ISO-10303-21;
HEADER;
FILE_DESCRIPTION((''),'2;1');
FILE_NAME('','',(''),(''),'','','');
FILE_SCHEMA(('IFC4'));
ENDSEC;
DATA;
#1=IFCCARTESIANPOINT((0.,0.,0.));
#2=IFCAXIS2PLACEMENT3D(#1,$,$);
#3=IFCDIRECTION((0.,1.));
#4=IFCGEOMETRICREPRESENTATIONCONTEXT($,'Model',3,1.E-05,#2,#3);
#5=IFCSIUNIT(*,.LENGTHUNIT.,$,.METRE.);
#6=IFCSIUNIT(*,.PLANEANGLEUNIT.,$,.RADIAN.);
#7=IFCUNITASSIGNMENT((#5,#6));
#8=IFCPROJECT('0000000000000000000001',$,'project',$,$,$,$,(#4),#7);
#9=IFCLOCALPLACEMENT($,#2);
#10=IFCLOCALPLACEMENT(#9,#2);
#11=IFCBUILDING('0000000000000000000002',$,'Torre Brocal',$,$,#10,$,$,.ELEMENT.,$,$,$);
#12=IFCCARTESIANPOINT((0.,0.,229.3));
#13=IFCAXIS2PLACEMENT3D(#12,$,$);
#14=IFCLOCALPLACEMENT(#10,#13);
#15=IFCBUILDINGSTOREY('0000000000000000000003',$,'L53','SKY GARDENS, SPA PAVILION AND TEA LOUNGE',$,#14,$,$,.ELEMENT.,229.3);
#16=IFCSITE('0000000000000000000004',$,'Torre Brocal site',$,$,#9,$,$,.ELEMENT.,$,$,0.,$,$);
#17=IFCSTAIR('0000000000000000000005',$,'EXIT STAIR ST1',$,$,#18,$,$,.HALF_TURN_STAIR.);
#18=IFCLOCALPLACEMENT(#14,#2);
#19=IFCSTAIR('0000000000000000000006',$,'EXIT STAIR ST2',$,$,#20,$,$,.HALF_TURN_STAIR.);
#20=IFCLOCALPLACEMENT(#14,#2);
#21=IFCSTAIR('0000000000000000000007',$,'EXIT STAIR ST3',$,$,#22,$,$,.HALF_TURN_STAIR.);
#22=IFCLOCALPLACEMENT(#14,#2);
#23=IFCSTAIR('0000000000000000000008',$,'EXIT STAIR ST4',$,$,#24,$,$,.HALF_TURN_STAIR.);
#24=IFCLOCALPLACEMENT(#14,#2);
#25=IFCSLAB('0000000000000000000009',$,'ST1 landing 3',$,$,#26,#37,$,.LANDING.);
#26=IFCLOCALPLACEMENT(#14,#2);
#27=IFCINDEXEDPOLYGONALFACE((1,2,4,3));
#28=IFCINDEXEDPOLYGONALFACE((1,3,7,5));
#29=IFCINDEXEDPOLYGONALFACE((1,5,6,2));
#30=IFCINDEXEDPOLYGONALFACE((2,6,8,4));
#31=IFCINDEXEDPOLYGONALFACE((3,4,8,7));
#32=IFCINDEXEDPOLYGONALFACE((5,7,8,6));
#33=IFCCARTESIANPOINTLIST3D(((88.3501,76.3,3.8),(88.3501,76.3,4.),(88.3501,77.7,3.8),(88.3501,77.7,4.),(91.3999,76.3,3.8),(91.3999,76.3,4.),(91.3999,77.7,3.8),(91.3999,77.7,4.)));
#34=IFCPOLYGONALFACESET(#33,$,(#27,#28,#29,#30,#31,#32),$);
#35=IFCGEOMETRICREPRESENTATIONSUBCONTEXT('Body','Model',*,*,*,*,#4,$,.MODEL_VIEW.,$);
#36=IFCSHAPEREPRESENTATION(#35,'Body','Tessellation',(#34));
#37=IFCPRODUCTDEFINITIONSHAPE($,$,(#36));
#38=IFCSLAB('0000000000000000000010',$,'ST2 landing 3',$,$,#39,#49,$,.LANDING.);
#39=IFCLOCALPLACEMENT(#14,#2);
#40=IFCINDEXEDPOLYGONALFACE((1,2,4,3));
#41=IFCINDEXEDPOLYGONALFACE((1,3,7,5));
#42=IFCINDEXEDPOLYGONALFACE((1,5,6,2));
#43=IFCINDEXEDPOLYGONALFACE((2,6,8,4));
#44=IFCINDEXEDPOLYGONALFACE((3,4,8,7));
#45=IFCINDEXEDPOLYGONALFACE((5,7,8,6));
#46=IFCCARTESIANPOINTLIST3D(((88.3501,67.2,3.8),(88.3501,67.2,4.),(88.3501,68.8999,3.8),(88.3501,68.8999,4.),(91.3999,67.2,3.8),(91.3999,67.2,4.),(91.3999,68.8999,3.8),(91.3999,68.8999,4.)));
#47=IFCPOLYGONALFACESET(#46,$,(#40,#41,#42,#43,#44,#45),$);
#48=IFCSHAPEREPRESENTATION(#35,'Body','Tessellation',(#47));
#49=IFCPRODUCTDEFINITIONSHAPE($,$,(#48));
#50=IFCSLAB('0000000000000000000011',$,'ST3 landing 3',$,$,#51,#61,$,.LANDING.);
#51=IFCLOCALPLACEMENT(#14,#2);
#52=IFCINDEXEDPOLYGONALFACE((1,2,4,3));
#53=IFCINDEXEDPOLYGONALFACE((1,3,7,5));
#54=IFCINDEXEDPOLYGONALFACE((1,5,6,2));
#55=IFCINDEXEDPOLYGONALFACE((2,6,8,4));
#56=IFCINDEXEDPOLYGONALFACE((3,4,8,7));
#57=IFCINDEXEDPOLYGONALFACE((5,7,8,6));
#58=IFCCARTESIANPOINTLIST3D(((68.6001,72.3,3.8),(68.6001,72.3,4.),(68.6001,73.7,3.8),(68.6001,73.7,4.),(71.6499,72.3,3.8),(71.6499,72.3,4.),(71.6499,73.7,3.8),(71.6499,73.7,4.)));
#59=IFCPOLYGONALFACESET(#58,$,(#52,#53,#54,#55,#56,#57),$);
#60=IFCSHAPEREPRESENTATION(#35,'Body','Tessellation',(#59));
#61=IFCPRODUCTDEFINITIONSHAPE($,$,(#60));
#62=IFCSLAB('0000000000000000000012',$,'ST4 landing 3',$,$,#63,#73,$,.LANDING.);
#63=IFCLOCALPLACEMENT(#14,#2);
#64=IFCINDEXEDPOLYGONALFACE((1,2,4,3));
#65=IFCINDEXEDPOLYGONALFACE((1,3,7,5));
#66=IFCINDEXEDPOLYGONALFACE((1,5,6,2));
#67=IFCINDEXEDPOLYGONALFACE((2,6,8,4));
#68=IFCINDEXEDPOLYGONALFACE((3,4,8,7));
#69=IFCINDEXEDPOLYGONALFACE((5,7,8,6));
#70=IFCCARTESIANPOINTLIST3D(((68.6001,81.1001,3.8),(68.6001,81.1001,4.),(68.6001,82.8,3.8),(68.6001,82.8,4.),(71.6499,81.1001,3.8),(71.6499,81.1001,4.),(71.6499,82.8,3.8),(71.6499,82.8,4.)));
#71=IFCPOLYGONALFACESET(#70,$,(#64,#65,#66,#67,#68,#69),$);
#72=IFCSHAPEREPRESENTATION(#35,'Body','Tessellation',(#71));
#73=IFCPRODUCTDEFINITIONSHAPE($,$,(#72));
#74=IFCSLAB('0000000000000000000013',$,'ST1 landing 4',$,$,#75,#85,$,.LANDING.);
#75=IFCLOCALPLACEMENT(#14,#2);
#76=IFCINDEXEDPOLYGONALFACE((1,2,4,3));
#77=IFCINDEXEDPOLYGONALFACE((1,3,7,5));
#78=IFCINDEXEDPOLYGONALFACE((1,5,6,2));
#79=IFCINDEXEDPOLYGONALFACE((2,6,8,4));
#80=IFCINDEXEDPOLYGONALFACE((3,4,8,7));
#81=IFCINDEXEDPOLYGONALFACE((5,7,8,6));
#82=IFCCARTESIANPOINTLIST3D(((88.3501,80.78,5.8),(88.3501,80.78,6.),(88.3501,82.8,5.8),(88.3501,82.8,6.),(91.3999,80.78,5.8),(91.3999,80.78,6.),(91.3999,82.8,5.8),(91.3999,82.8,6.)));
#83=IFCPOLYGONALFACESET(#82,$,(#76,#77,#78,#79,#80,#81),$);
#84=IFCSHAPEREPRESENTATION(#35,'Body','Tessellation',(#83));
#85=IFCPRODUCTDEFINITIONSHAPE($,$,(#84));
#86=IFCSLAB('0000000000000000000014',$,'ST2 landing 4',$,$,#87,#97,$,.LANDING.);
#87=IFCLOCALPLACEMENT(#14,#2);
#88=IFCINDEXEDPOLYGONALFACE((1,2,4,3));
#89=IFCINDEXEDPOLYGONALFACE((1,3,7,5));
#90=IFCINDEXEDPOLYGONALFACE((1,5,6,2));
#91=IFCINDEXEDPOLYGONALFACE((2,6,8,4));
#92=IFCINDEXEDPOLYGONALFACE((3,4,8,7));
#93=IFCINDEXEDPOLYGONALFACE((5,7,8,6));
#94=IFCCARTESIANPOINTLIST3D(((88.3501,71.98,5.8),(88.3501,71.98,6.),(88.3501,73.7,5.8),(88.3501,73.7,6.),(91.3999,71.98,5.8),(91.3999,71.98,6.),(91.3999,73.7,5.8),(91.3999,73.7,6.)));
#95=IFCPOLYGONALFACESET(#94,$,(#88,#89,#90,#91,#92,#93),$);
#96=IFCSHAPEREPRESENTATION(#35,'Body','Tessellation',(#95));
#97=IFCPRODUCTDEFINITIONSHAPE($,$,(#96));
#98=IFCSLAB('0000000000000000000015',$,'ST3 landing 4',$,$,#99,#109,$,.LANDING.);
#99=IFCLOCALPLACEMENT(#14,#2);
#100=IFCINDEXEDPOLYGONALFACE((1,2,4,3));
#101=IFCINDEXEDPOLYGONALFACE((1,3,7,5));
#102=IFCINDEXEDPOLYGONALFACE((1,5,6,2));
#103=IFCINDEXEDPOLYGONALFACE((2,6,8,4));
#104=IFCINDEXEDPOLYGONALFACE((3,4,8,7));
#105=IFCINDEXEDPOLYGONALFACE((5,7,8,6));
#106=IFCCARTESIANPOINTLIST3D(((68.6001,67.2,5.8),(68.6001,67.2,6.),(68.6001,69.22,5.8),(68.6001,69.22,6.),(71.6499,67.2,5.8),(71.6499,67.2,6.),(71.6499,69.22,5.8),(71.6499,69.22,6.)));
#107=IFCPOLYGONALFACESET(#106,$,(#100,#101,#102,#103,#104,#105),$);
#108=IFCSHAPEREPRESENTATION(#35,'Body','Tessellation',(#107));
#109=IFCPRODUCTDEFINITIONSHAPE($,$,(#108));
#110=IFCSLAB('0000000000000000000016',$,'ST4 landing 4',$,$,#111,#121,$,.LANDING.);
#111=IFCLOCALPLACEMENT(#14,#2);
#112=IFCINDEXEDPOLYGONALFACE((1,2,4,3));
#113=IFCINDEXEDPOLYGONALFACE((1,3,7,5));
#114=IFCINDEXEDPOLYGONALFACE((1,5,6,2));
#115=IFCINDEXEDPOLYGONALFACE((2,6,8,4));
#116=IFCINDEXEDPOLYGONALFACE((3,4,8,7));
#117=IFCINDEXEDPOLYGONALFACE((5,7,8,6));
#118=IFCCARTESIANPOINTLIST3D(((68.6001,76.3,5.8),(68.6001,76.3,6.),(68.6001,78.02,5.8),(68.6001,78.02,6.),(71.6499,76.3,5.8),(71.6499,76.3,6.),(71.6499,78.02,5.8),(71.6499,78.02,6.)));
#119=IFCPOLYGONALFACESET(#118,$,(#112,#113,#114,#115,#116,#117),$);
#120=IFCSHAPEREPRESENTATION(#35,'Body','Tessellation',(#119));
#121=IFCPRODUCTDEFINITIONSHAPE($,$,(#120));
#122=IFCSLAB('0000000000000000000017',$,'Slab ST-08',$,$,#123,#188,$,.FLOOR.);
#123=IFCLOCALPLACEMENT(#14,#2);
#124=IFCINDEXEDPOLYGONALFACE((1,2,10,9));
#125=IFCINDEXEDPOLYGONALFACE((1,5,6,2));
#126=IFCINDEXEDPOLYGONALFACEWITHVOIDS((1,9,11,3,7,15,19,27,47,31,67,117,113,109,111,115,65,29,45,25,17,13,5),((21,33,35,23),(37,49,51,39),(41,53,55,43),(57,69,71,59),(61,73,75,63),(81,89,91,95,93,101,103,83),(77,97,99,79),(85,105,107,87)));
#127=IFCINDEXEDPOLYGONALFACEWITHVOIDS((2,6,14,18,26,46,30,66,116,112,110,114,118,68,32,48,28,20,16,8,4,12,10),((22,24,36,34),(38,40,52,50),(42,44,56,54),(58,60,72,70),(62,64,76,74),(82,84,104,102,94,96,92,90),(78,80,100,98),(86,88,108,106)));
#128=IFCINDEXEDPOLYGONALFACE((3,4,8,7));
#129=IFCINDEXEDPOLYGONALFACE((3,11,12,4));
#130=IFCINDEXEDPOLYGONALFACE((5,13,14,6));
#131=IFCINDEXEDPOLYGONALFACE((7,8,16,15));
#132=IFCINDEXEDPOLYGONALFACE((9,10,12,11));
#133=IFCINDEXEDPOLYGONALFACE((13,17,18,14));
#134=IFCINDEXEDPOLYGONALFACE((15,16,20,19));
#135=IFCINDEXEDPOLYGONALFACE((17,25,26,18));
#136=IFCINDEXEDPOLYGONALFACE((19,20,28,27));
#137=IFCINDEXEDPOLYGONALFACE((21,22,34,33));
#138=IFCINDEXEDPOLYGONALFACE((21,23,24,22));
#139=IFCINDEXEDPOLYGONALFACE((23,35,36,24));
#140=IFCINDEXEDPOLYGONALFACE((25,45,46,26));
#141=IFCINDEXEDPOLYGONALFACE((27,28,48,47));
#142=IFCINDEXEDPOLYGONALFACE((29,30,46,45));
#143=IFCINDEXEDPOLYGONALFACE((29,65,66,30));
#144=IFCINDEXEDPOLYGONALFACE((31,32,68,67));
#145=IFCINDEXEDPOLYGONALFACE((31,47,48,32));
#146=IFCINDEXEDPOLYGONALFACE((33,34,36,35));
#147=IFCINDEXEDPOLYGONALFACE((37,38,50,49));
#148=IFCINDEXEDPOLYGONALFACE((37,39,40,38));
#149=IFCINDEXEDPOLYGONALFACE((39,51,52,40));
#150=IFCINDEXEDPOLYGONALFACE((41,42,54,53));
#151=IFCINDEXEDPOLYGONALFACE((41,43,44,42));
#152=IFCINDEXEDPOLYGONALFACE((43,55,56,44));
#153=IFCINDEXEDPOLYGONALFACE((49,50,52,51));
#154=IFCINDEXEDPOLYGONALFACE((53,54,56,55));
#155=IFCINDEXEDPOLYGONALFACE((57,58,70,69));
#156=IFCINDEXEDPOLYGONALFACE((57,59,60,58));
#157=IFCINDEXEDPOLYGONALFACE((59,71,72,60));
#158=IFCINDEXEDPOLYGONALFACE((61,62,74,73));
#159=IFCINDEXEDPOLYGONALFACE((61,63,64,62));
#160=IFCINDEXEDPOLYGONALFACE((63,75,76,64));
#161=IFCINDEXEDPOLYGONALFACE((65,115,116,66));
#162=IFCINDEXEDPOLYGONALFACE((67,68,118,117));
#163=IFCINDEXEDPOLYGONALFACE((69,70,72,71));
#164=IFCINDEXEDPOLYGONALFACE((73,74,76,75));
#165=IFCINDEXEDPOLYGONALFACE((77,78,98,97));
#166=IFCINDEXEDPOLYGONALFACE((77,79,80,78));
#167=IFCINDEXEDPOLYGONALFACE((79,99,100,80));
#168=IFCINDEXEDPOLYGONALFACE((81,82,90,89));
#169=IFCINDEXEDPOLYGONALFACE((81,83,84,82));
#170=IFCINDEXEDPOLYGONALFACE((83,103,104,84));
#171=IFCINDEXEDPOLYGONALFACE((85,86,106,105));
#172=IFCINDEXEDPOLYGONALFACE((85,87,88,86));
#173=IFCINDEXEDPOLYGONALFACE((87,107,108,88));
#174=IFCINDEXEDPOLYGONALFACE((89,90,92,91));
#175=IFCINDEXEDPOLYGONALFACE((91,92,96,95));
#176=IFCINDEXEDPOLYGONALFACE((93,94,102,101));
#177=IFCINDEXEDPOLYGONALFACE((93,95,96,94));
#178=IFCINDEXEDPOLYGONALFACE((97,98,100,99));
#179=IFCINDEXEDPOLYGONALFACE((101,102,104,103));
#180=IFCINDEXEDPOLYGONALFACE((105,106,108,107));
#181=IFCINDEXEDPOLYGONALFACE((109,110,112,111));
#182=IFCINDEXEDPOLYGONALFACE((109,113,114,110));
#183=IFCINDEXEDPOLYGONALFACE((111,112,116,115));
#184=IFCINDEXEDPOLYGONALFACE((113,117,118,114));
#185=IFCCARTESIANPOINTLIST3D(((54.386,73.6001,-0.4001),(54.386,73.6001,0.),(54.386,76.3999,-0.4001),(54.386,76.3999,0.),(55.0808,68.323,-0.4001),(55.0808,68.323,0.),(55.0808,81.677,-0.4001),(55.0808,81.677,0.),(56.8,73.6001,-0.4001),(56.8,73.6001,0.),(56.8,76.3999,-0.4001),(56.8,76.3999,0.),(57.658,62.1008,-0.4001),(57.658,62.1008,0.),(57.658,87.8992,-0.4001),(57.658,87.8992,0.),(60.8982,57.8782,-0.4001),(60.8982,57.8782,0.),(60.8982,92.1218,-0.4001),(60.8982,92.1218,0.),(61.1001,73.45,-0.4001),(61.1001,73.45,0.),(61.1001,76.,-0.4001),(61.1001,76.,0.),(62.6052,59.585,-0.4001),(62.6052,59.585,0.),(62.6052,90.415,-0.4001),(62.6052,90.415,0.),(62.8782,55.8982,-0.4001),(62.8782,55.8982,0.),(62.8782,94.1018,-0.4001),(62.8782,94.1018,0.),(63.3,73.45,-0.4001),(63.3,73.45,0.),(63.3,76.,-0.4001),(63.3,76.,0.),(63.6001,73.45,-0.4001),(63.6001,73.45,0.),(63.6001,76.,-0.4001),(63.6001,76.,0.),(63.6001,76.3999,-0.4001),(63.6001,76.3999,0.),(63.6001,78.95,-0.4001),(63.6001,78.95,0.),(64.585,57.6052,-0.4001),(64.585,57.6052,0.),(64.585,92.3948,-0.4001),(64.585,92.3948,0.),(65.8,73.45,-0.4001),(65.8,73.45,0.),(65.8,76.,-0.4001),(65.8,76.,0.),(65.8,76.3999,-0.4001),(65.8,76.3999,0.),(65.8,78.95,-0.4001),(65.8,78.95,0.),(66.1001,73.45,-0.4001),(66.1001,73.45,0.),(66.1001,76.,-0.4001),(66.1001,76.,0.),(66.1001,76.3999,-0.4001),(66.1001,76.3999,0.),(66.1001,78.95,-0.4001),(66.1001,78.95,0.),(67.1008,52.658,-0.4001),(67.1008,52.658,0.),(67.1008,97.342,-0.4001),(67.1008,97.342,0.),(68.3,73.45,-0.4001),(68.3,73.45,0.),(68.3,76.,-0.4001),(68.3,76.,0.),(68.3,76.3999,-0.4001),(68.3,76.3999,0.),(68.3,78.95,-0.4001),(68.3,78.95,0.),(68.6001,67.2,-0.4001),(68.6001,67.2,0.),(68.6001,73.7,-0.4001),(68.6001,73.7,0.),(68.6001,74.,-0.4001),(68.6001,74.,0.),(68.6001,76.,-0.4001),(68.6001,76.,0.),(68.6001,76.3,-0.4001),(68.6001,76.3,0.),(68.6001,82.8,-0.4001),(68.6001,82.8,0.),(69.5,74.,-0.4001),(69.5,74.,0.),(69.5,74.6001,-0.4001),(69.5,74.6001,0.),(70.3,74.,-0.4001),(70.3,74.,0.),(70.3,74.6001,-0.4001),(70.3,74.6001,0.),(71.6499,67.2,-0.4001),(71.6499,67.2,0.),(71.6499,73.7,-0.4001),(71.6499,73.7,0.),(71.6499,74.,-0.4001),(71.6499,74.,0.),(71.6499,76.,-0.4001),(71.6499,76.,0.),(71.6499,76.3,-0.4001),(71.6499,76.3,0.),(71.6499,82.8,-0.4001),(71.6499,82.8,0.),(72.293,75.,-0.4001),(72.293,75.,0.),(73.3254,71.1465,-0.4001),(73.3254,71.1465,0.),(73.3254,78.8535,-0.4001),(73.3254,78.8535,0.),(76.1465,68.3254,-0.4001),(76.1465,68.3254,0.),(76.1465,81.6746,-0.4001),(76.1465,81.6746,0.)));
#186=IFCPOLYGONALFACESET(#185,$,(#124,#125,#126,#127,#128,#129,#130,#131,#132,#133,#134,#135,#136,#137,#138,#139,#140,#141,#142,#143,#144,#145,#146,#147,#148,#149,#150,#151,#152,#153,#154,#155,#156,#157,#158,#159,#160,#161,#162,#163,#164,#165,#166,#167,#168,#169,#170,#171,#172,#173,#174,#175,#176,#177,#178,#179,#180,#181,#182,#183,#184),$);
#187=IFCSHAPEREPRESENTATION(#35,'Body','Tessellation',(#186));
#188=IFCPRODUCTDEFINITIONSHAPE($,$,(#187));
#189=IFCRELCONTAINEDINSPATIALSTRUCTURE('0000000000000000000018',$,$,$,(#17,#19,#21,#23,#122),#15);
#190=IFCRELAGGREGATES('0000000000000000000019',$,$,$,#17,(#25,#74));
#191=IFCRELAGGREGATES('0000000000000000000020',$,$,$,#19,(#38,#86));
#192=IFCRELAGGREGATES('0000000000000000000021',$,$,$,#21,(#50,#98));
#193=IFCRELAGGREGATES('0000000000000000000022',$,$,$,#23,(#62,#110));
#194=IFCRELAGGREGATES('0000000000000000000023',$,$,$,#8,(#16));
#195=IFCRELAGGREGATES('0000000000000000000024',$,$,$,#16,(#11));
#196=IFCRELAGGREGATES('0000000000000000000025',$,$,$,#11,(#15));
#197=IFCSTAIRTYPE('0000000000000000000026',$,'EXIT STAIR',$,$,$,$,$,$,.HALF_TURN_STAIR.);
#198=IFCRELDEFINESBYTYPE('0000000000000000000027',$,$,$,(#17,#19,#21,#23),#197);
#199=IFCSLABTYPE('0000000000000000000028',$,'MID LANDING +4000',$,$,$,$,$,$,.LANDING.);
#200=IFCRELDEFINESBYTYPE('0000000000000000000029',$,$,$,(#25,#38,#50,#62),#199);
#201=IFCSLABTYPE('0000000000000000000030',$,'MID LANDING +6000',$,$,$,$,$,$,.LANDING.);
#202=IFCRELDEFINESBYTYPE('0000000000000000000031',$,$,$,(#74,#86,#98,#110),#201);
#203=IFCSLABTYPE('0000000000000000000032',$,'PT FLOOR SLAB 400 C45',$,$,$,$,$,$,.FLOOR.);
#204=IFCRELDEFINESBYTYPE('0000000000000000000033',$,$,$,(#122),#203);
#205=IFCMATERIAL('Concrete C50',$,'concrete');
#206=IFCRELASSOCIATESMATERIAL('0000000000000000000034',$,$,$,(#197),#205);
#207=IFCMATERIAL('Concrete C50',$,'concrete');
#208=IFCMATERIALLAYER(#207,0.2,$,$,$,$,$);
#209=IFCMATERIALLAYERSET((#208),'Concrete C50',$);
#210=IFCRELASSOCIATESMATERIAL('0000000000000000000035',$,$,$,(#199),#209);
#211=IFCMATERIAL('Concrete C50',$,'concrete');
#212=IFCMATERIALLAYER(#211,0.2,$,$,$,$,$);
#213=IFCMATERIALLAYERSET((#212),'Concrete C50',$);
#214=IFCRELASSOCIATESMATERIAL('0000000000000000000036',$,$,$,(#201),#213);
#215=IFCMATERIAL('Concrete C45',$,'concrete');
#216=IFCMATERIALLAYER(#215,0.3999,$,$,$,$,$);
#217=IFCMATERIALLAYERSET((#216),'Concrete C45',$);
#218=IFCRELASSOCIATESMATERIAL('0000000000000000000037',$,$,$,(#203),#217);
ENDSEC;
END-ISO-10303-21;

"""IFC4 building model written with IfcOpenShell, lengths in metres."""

from ifc_helpers import new_model, si_unit, direction, frame, origin, place, context, subcontext, project, spatial, polyline, outline, extrude, material, layer, layer_set, type_object, element, aggregate, save


model = new_model("IFC4")

# Units and contexts
model_context = context("Model", 3, precision=1e-05, world=origin(), true_north=direction((0.0, 1.0)))
body_context = subcontext(model_context, "Body", "Model", "MODEL_VIEW")
ifc_project = project(units=[si_unit("LENGTHUNIT", "METRE"), si_unit("PLANEANGLEUNIT", "RADIAN")], contexts=[model_context])

# Site, building, storey
site_placement = place(None, origin())
site = spatial("IfcSite", under=ifc_project, at=site_placement, Name="Torre Brocal site", CompositionType="ELEMENT", RefElevation=0.0)
building_placement = place(site_placement, origin())
building = spatial("IfcBuilding", under=site, at=building_placement, Name="Torre Brocal", CompositionType="ELEMENT")
storey_placement = place(building_placement, frame((0.0, 0.0, 229.3)))
storey = spatial("IfcBuildingStorey", under=building, at=storey_placement, Name="L53", Description="SKY GARDENS, SPA PAVILION AND TEA LOUNGE", CompositionType="ELEMENT", Elevation=229.3)

# Stairs
ifc_material_1 = material(Name="Concrete C50", Category="concrete")
stair_type = type_object("IfcStairType", Name="EXIT STAIR", PredefinedType="HALF_TURN_STAIR", material=ifc_material_1)
stair_1_placement = place(storey_placement, origin())
stair_1 = element("IfcStair", 1, at=stair_1_placement, inside=storey, type_object=stair_type, Name="EXIT STAIR ST1", PredefinedType="HALF_TURN_STAIR")
stair_2_placement = place(storey_placement, origin())
stair_2 = element("IfcStair", 2, at=stair_2_placement, inside=storey, type_object=stair_type, Name="EXIT STAIR ST2", PredefinedType="HALF_TURN_STAIR")
stair_3_placement = place(storey_placement, origin())
stair_3 = element("IfcStair", 3, at=stair_3_placement, inside=storey, type_object=stair_type, Name="EXIT STAIR ST3", PredefinedType="HALF_TURN_STAIR")
stair_4_placement = place(storey_placement, origin())
stair_4 = element("IfcStair", 4, at=stair_4_placement, inside=storey, type_object=stair_type, Name="EXIT STAIR ST4", PredefinedType="HALF_TURN_STAIR")

# Slabs
ifc_material_2 = material(Name="Concrete C50", Category="concrete")
ifc_layer_1 = layer(ifc_material_2, 0.2)
ifc_layer_set_1 = layer_set([ifc_layer_1], Name="Concrete C50")
slab_type_1 = type_object("IfcSlabType", Name="MID LANDING +4000", PredefinedType="LANDING", material=ifc_layer_set_1)
slab_1_placement = place(storey_placement, frame((0.0, 0.0, 3.8)))
slab_1 = element("IfcSlab", 5, at=slab_1_placement, type_object=slab_type_1, Name="ST1 landing 3", PredefinedType="LANDING", context=body_context, shape_type="SweptSolid", body=[
    extrude(outline(polyline([(88.3501, 76.3), (91.3999, 76.3), (91.3999, 77.7), (88.3501, 77.7), (88.3501, 76.3)])), origin(), (0.0, 0.0, 1.0), 0.2),
])
slab_2_placement = place(storey_placement, frame((0.0, 0.0, 3.8)))
slab_2 = element("IfcSlab", 6, at=slab_2_placement, type_object=slab_type_1, Name="ST2 landing 3", PredefinedType="LANDING", context=body_context, shape_type="SweptSolid", body=[
    extrude(outline(polyline([(88.3501, 67.2), (91.3999, 67.2), (91.3999, 68.8999), (88.3501, 68.8999), (88.3501, 67.2)])), origin(), (0.0, 0.0, 1.0), 0.2),
])
slab_3_placement = place(storey_placement, frame((0.0, 0.0, 3.8)))
slab_3 = element("IfcSlab", 7, at=slab_3_placement, type_object=slab_type_1, Name="ST3 landing 3", PredefinedType="LANDING", context=body_context, shape_type="SweptSolid", body=[
    extrude(outline(polyline([(71.6499, 73.7), (68.6001, 73.7), (68.6001, 72.3), (71.6499, 72.3), (71.6499, 73.7)])), origin(), (0.0, 0.0, 1.0), 0.2),
])
slab_4_placement = place(storey_placement, frame((0.0, 0.0, 3.8)))
slab_4 = element("IfcSlab", 8, at=slab_4_placement, type_object=slab_type_1, Name="ST4 landing 3", PredefinedType="LANDING", context=body_context, shape_type="SweptSolid", body=[
    extrude(outline(polyline([(71.6499, 82.8), (68.6001, 82.8), (68.6001, 81.1001), (71.6499, 81.1001), (71.6499, 82.8)])), origin(), (0.0, 0.0, 1.0), 0.2),
])
ifc_material_3 = material(Name="Concrete C50", Category="concrete")
ifc_layer_2 = layer(ifc_material_3, 0.2)
ifc_layer_set_2 = layer_set([ifc_layer_2], Name="Concrete C50")
slab_type_2 = type_object("IfcSlabType", Name="MID LANDING +6000", PredefinedType="LANDING", material=ifc_layer_set_2)
slab_5_placement = place(storey_placement, frame((0.0, 0.0, 5.8)))
slab_5 = element("IfcSlab", 9, at=slab_5_placement, type_object=slab_type_2, Name="ST1 landing 4", PredefinedType="LANDING", context=body_context, shape_type="SweptSolid", body=[
    extrude(outline(polyline([(88.3501, 80.78), (91.3999, 80.78), (91.3999, 82.8), (88.3501, 82.8), (88.3501, 80.78)])), origin(), (0.0, 0.0, 1.0), 0.2),
])
aggregate(stair_1, [slab_1, slab_5])
slab_6_placement = place(storey_placement, frame((0.0, 0.0, 5.8)))
slab_6 = element("IfcSlab", 10, at=slab_6_placement, type_object=slab_type_2, Name="ST2 landing 4", PredefinedType="LANDING", context=body_context, shape_type="SweptSolid", body=[
    extrude(outline(polyline([(88.3501, 71.98), (91.3999, 71.98), (91.3999, 73.7), (88.3501, 73.7), (88.3501, 71.98)])), origin(), (0.0, 0.0, 1.0), 0.2),
])
aggregate(stair_2, [slab_2, slab_6])
slab_7_placement = place(storey_placement, frame((0.0, 0.0, 5.8)))
slab_7 = element("IfcSlab", 11, at=slab_7_placement, type_object=slab_type_2, Name="ST3 landing 4", PredefinedType="LANDING", context=body_context, shape_type="SweptSolid", body=[
    extrude(outline(polyline([(71.6499, 69.22), (68.6001, 69.22), (68.6001, 67.2), (71.6499, 67.2), (71.6499, 69.22)])), origin(), (0.0, 0.0, 1.0), 0.2),
])
aggregate(stair_3, [slab_3, slab_7])
slab_8_placement = place(storey_placement, frame((0.0, 0.0, 5.8)))
slab_8 = element("IfcSlab", 12, at=slab_8_placement, type_object=slab_type_2, Name="ST4 landing 4", PredefinedType="LANDING", context=body_context, shape_type="SweptSolid", body=[
    extrude(outline(polyline([(71.6499, 78.02), (68.6001, 78.02), (68.6001, 76.3), (71.6499, 76.3), (71.6499, 78.02)])), origin(), (0.0, 0.0, 1.0), 0.2),
])
aggregate(stair_4, [slab_4, slab_8])

# Slab
ifc_material_4 = material(Name="Concrete C45", Category="concrete")
ifc_layer_3 = layer(ifc_material_4, 0.3999)
ifc_layer_set_3 = layer_set([ifc_layer_3], Name="Concrete C45")
slab_type_3 = type_object("IfcSlabType", Name="PT FLOOR SLAB 400 C45", PredefinedType="FLOOR", material=ifc_layer_set_3)
slab_9_placement = place(storey_placement, frame((0.0, 0.0, -0.4001)))
element("IfcSlab", 13, at=slab_9_placement, inside=storey, type_object=slab_type_3, Name="Slab ST-08", PredefinedType="FLOOR", context=body_context, shape_type="SweptSolid", body=[
    extrude(outline(polyline([(60.8982, 57.8782), (57.658, 62.1008), (55.0808, 68.323), (54.386, 73.6001), (56.8, 73.6001), (56.8, 76.3999), (54.386, 76.3999), (55.0808, 81.677), (57.658, 87.8992), (60.8982, 92.1218), (62.6052, 90.415), (64.585, 92.3948), (62.8782, 94.1018), (67.1008, 97.342), (76.1465, 81.6746), (73.3254, 78.8535), (72.293, 75.0), (73.3254, 71.1465), (76.1465, 68.3254), (67.1008, 52.658), (62.8782, 55.8982), (64.585, 57.6052), (62.6052, 59.585), (60.8982, 57.8782)]), holes=[polyline([(68.6001, 67.2), (71.6499, 67.2), (71.6499, 73.7), (68.6001, 73.7), (68.6001, 67.2)]), polyline([(68.6001, 76.3), (71.6499, 76.3), (71.6499, 82.8), (68.6001, 82.8), (68.6001, 76.3)]), polyline([(70.3, 74.0), (71.6499, 74.0), (71.6499, 76.0), (68.6001, 76.0), (68.6001, 74.0), (69.5, 74.0), (69.5, 74.6001), (70.3, 74.6001), (70.3, 74.0)]), polyline([(66.1001, 73.45), (68.3, 73.45), (68.3, 76.0), (66.1001, 76.0), (66.1001, 73.45)]), polyline([(66.1001, 76.3999), (68.3, 76.3999), (68.3, 78.95), (66.1001, 78.95), (66.1001, 76.3999)]), polyline([(63.6001, 73.45), (65.8, 73.45), (65.8, 76.0), (63.6001, 76.0), (63.6001, 73.45)]), polyline([(63.6001, 76.3999), (65.8, 76.3999), (65.8, 78.95), (63.6001, 78.95), (63.6001, 76.3999)]), polyline([(61.1001, 73.45), (63.3, 73.45), (63.3, 76.0), (61.1001, 76.0), (61.1001, 73.45)])]), origin(), (0.0, 0.0, 1.0), 0.4001),
])

save(model, "model.ifc")
